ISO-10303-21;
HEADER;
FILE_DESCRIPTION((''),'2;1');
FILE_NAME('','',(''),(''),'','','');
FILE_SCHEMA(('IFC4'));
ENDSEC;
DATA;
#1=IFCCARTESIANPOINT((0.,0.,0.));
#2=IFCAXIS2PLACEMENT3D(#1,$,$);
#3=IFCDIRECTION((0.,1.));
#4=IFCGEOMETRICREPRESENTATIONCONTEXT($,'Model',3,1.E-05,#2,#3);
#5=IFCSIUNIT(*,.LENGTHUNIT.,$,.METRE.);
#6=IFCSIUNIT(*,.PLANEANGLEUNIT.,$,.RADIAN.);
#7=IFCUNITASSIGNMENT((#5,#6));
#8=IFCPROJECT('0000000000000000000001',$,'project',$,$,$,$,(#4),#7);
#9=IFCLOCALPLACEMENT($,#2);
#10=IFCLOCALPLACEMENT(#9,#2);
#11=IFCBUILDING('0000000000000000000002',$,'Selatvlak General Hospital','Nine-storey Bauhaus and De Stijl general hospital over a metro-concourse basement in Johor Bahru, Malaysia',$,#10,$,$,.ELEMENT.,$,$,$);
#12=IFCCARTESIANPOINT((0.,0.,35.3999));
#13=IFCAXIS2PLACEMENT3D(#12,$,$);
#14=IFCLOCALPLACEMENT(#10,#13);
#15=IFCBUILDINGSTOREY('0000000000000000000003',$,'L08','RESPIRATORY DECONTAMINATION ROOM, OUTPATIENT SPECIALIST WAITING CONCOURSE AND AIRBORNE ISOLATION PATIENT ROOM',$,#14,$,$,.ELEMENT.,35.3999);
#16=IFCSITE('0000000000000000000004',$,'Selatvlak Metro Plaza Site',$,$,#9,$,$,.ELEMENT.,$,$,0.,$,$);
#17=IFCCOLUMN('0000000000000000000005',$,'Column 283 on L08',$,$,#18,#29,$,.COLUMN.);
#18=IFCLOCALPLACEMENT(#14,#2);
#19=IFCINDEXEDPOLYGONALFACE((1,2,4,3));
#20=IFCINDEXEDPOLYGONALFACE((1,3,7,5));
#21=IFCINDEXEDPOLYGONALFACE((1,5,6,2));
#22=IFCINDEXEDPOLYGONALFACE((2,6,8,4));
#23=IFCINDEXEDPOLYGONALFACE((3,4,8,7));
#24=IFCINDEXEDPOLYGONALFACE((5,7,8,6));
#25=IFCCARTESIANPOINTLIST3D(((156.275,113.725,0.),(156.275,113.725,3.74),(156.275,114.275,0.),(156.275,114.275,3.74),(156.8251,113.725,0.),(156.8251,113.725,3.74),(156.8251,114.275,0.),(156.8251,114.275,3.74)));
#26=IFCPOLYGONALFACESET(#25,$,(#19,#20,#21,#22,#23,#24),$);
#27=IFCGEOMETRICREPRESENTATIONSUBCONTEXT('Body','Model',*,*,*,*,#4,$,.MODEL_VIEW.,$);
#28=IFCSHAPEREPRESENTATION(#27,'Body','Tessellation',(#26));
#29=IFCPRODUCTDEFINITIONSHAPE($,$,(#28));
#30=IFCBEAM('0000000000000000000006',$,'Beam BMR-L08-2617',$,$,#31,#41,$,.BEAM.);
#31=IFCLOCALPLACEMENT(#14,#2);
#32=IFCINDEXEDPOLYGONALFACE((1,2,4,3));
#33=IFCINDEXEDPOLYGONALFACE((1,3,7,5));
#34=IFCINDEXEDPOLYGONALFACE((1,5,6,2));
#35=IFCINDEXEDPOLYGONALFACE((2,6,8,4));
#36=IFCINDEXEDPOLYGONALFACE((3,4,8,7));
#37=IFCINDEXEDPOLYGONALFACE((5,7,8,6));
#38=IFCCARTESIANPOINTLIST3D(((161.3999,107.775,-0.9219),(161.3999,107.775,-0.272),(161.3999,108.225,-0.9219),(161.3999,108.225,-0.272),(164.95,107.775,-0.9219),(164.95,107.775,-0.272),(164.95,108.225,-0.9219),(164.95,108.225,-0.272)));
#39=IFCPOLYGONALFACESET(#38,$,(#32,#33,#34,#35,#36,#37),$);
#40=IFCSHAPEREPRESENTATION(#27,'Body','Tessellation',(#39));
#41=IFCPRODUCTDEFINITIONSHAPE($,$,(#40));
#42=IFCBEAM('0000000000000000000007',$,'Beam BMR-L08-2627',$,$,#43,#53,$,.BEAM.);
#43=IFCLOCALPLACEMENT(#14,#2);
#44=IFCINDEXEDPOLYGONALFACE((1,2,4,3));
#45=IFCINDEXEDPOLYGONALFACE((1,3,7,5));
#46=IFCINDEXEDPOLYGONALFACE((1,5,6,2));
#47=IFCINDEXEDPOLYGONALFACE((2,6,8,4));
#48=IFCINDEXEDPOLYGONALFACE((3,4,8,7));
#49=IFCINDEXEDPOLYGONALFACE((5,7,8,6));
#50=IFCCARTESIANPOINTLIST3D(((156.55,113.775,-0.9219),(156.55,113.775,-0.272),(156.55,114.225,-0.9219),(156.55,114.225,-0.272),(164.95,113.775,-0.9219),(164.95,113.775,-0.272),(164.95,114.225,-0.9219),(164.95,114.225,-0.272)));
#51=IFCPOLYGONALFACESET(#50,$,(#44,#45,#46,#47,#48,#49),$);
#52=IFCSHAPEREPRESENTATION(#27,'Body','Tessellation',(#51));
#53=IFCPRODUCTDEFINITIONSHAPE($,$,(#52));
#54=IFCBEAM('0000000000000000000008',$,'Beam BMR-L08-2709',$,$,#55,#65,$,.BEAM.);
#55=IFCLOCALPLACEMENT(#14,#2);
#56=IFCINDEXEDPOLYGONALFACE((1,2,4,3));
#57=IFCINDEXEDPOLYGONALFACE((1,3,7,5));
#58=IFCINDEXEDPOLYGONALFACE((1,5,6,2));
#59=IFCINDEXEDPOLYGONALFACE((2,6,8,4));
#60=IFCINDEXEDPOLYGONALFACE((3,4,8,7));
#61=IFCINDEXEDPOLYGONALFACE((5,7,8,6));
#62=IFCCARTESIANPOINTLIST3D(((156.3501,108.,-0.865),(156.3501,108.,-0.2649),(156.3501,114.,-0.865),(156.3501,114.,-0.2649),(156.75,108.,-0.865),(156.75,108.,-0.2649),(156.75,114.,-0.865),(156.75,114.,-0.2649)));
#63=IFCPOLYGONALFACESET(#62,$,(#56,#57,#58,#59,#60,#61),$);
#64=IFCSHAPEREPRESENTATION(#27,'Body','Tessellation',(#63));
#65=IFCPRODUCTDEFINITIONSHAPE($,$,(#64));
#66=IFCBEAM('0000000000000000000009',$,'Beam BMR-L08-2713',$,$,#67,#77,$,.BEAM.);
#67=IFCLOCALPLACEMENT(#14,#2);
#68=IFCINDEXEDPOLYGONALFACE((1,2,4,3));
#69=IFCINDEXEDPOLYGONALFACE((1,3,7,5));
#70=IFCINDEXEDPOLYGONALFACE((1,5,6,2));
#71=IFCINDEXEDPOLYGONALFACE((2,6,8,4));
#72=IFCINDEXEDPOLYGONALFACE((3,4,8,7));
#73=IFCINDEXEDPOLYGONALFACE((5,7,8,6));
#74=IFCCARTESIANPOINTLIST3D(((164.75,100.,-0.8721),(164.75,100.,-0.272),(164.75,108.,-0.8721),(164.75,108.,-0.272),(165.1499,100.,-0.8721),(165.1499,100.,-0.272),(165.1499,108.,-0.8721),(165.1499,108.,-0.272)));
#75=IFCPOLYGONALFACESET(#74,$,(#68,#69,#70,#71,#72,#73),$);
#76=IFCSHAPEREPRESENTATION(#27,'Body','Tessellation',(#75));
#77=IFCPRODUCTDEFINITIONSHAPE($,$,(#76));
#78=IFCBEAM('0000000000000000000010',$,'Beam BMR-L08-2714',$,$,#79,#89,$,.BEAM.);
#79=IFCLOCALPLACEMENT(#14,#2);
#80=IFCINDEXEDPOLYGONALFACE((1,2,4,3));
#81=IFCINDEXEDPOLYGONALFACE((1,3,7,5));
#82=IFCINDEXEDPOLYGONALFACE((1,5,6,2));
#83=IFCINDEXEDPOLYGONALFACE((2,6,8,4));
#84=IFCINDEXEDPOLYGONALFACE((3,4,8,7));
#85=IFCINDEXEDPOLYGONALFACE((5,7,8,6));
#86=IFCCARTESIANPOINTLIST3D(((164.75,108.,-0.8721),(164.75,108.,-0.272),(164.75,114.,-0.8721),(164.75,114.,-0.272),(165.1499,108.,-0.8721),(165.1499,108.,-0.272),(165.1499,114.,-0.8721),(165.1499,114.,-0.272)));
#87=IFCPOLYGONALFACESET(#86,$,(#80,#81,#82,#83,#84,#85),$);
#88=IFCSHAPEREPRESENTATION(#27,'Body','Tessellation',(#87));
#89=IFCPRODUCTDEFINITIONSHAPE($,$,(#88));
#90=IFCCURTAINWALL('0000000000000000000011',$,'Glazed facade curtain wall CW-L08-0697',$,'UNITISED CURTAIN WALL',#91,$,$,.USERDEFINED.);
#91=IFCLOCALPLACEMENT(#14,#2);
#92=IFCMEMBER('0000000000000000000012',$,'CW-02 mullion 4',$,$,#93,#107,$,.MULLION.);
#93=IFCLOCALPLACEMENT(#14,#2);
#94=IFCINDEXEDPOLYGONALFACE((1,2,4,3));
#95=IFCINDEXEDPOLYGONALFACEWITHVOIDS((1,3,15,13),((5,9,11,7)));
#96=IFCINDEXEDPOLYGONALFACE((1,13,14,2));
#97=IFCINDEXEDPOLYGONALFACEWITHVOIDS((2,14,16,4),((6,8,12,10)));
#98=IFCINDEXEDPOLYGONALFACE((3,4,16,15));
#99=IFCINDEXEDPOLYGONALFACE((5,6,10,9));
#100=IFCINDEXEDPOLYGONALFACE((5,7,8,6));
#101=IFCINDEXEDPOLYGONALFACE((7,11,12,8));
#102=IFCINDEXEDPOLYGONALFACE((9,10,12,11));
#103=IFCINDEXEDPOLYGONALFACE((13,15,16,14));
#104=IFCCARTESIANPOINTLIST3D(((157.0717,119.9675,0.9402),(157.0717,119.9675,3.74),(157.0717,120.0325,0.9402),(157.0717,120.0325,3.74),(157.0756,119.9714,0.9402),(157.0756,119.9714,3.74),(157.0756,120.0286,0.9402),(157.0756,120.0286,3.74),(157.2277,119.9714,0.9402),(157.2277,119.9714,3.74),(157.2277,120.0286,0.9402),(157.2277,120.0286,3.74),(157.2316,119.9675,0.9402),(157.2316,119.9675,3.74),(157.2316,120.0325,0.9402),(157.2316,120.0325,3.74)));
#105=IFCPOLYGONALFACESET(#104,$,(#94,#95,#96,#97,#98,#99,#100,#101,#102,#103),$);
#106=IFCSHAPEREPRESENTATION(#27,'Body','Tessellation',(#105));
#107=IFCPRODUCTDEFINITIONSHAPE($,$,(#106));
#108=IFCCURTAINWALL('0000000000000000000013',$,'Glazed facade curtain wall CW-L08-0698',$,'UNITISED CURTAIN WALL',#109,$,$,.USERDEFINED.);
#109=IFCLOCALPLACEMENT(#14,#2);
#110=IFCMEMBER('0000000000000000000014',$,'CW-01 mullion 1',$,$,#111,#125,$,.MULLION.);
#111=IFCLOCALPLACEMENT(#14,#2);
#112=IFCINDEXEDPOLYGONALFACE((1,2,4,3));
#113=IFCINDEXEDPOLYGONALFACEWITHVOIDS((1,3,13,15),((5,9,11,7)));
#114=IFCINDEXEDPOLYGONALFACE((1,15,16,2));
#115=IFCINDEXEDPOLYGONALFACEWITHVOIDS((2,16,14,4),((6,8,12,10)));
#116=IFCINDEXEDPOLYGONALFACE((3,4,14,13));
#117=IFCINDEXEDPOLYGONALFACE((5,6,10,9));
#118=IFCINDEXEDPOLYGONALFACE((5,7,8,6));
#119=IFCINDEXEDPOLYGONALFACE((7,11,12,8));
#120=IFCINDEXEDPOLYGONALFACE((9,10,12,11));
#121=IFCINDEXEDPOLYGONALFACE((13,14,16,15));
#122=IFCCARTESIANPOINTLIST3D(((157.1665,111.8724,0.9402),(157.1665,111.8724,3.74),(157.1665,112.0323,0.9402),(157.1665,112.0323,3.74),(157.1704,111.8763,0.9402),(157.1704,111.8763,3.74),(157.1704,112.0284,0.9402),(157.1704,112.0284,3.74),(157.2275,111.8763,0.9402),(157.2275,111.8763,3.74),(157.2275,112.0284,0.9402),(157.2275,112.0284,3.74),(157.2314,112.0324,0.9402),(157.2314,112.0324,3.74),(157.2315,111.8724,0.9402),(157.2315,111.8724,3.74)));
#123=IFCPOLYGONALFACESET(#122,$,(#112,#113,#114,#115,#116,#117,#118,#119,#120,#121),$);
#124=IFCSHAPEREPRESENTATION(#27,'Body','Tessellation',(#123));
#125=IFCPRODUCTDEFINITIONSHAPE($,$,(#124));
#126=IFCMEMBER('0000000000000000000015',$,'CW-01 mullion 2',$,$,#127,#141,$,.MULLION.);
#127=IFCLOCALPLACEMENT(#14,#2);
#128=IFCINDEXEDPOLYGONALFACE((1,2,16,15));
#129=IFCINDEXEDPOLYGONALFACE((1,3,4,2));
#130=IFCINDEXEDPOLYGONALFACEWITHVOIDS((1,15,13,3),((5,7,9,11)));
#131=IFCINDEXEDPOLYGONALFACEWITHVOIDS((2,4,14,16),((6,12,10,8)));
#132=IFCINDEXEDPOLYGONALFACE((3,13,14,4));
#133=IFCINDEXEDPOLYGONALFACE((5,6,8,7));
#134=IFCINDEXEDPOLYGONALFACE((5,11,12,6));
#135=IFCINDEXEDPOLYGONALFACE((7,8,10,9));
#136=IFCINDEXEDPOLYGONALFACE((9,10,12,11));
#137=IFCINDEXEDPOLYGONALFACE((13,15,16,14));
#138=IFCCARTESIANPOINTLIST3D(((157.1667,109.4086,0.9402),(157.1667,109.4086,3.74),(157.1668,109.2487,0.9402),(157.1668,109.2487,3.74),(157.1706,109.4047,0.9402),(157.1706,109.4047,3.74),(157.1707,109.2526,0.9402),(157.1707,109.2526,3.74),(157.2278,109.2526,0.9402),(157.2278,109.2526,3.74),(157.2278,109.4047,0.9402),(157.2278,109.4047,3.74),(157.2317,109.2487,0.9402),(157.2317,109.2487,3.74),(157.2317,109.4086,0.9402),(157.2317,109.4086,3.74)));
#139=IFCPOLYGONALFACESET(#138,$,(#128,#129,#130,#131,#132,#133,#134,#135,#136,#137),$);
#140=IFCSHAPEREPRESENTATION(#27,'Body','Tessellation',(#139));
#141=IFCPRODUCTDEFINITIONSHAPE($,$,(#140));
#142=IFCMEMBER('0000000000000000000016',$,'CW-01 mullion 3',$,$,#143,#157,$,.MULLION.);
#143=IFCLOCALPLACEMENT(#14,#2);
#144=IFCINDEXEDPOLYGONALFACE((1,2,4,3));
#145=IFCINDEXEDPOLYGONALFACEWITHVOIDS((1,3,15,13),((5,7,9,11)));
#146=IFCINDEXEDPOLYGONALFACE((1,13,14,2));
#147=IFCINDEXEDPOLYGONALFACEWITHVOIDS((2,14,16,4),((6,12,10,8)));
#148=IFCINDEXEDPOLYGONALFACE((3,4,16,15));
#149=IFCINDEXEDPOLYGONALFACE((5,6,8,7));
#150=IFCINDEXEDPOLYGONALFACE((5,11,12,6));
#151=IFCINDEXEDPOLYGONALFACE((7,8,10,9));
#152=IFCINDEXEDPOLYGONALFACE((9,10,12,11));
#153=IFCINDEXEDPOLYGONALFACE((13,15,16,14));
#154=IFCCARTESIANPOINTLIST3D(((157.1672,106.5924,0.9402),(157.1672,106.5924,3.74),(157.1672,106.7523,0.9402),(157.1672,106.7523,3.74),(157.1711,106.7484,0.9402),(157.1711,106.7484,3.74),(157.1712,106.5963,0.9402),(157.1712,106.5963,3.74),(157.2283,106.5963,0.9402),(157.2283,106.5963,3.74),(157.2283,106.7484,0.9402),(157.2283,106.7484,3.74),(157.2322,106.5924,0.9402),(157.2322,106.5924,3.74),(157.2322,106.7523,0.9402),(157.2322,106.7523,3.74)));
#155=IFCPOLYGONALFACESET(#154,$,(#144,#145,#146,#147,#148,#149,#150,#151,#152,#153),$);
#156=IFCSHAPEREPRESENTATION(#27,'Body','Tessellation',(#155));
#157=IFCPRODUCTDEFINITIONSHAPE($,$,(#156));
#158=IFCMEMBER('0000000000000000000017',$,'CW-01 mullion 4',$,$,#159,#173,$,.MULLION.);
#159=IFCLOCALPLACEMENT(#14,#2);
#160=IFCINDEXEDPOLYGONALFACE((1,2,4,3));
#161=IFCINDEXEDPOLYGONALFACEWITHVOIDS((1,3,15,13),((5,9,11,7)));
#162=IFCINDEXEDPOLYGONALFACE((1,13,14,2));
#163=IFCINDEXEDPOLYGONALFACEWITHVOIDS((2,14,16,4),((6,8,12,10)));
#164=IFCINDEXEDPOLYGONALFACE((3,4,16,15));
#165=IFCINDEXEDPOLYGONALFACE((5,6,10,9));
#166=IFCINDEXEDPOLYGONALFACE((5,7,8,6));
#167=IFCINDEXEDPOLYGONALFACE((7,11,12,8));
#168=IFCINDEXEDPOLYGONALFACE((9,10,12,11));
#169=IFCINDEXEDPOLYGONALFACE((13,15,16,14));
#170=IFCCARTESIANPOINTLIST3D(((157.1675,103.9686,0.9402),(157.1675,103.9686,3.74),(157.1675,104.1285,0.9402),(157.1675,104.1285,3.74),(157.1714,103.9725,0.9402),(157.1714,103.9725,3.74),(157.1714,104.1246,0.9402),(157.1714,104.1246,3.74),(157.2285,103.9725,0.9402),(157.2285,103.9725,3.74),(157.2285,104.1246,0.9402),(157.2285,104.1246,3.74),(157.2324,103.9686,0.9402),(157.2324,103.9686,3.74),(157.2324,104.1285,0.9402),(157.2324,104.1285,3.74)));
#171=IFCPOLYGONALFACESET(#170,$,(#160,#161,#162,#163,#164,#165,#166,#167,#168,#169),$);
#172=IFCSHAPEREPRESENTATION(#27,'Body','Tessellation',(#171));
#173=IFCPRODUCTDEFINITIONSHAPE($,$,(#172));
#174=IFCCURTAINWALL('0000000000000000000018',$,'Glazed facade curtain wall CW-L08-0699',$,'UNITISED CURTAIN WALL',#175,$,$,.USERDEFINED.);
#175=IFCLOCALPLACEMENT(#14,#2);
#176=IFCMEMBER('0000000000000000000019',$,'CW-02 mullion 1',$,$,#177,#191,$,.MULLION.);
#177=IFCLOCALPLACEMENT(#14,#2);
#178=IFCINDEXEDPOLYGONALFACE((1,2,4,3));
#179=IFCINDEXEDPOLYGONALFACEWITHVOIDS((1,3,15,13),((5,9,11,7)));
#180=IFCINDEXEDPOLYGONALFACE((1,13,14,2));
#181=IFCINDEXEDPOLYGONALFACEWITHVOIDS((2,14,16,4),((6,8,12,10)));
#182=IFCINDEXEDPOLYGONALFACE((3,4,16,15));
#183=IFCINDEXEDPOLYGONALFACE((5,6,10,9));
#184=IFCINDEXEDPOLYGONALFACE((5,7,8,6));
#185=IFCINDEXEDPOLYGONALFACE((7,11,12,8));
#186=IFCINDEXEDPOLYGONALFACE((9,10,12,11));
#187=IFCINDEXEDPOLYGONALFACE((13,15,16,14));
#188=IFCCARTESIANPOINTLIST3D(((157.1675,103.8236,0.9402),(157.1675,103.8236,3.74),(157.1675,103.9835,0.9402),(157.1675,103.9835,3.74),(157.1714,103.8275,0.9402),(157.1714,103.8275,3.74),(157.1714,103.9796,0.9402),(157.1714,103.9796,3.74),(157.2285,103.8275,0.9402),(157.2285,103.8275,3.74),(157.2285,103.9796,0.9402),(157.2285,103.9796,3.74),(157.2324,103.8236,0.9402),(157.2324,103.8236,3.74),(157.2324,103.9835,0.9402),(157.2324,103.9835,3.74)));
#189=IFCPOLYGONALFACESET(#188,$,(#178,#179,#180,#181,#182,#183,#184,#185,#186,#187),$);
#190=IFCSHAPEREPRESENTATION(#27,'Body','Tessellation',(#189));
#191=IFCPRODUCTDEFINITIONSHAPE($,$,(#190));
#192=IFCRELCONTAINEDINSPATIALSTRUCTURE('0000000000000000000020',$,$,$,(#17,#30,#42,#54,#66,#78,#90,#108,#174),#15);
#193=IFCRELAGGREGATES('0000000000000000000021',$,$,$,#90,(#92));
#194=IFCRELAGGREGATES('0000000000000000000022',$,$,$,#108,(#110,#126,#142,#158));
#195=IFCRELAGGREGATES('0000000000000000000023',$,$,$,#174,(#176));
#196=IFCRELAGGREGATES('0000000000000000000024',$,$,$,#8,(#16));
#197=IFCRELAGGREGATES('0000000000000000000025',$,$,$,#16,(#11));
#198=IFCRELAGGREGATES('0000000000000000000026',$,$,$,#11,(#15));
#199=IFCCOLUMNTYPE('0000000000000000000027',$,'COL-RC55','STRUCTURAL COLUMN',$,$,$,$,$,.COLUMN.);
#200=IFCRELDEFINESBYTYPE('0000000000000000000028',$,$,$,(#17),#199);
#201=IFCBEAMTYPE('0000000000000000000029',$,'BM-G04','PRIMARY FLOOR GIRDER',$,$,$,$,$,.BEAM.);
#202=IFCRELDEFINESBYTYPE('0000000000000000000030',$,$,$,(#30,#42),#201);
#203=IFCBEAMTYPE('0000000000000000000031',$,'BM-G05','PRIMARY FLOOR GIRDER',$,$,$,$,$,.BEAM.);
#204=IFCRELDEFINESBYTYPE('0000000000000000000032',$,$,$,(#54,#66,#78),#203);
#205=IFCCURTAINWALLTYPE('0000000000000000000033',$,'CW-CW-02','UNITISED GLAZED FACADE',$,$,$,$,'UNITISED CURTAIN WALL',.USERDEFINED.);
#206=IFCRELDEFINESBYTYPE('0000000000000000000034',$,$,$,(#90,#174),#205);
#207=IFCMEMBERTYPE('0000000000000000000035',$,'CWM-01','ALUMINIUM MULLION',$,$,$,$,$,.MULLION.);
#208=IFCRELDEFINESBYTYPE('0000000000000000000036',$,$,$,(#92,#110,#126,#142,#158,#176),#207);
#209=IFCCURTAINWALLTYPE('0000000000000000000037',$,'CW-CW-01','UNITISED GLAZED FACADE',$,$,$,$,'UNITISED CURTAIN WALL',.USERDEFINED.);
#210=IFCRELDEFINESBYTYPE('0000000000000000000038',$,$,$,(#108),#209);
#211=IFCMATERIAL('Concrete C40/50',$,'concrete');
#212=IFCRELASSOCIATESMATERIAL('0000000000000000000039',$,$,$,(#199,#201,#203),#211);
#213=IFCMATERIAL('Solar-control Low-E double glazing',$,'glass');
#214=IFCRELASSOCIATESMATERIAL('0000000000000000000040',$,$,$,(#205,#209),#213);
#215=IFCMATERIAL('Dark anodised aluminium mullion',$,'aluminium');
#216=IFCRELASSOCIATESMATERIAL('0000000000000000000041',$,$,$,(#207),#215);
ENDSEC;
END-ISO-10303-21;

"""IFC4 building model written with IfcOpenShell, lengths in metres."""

from ifc_helpers import new_model, si_unit, direction, frame, origin, origin_2d, place, context, subcontext, project, spatial, rectangle, hollow_rectangle, extrude, material, material_profile, profile_set, type_object, element, aggregate, save


model = new_model("IFC4")

# Units and contexts
model_context = context("Model", 3, precision=1e-05, world=origin(), true_north=direction((0.0, 1.0)))
body_context = subcontext(model_context, "Body", "Model", "MODEL_VIEW")
ifc_project = project(units=[si_unit("LENGTHUNIT", "METRE"), si_unit("PLANEANGLEUNIT", "RADIAN")], contexts=[model_context])

# Site, building, storey
site_placement = place(None, origin())
site = spatial("IfcSite", under=ifc_project, at=site_placement, Name="Selatvlak Metro Plaza Site", CompositionType="ELEMENT", RefElevation=0.0)
building_placement = place(site_placement, origin())
building = spatial("IfcBuilding", under=site, at=building_placement, Name="Selatvlak General Hospital", Description="Nine-storey Bauhaus and De Stijl general hospital over a metro-concourse basement in Johor Bahru, Malaysia", CompositionType="ELEMENT")
storey_placement = place(building_placement, frame((0.0, 0.0, 35.3999)))
storey = spatial("IfcBuildingStorey", under=building, at=storey_placement, Name="L08", Description="RESPIRATORY DECONTAMINATION ROOM, OUTPATIENT SPECIALIST WAITING CONCOURSE AND AIRBORNE ISOLATION PATIENT ROOM", CompositionType="ELEMENT", Elevation=35.3999)

# Column
ifc_material_1 = material(Name="Concrete C40/50", Category="concrete")
ifc_material_profile_1 = material_profile(ifc_material_1, rectangle(XDim=0.55, YDim=0.55, at=origin_2d()), Name="RC-COL 550x550")
ifc_profile_set_1 = profile_set([ifc_material_profile_1], Name="Concrete C40/50")
column_type = type_object("IfcColumnType", Name="COL-RC55", Description="STRUCTURAL COLUMN", PredefinedType="COLUMN", material=ifc_profile_set_1)
column_placement = place(storey_placement, frame((156.55, 114.0, 0.0), z_axis=(0.0, 0.0, 1.0), x_axis=(1.0, 0.0, 0.0)))
element("IfcColumn", 1, at=column_placement, inside=storey, type_object=column_type, Name="Column 283 on L08", PredefinedType="COLUMN", context=body_context, shape_type="SweptSolid", body=[
    extrude(rectangle(XDim=0.55, YDim=0.55, at=origin_2d()), origin(), (0.0, 0.0, 1.0), 3.74),
])

# Beams
ifc_material_profile_2 = material_profile(ifc_material_1, rectangle(XDim=0.45, YDim=0.6499, at=origin_2d()), Name="RC-BM 450x650")
ifc_profile_set_2 = profile_set([ifc_material_profile_2], Name="Concrete C40/50")
beam_type_1 = type_object("IfcBeamType", Name="BM-G04", Description="PRIMARY FLOOR GIRDER", PredefinedType="BEAM", material=ifc_profile_set_2)
beam_1_placement = place(storey_placement, frame((161.3999, 108.0, -0.5969), z_axis=(1.0, 0.0, 0.0), x_axis=(0.0, 1.0, 0.0)))
element("IfcBeam", 2, at=beam_1_placement, inside=storey, type_object=beam_type_1, Name="Beam BMR-L08-2617", PredefinedType="BEAM", context=body_context, shape_type="SweptSolid", body=[
    extrude(rectangle(XDim=0.45, YDim=0.6499, at=origin_2d()), origin(), (0.0, 0.0, 1.0), 3.55),
])
beam_2_placement = place(storey_placement, frame((156.55, 114.0, -0.5969), z_axis=(1.0, 0.0, 0.0), x_axis=(0.0, 1.0, 0.0)))
element("IfcBeam", 3, at=beam_2_placement, inside=storey, type_object=beam_type_1, Name="Beam BMR-L08-2627", PredefinedType="BEAM", context=body_context, shape_type="SweptSolid", body=[
    extrude(rectangle(XDim=0.45, YDim=0.6499, at=origin_2d()), origin(), (0.0, 0.0, 1.0), 8.3999),
])
ifc_material_profile_3 = material_profile(ifc_material_1, rectangle(XDim=0.3999, YDim=0.6001, at=origin_2d()), Name="RC-BM 400x600")
ifc_profile_set_3 = profile_set([ifc_material_profile_3], Name="Concrete C40/50")
beam_type_2 = type_object("IfcBeamType", Name="BM-G05", Description="PRIMARY FLOOR GIRDER", PredefinedType="BEAM", material=ifc_profile_set_3)
beam_3_placement = place(storey_placement, frame((156.55, 108.0, -0.5649), z_axis=(0.0, 1.0, 0.0), x_axis=(-1.0, 0.0, 0.0)))
element("IfcBeam", 4, at=beam_3_placement, inside=storey, type_object=beam_type_2, Name="Beam BMR-L08-2709", PredefinedType="BEAM", context=body_context, shape_type="SweptSolid", body=[
    extrude(rectangle(XDim=0.3999, YDim=0.6001, at=origin_2d()), origin(), (0.0, 0.0, 1.0), 6.0),
])
beam_4_placement = place(storey_placement, frame((164.95, 100.0, -0.572), z_axis=(0.0, 1.0, 0.0), x_axis=(-1.0, 0.0, 0.0)))
element("IfcBeam", 5, at=beam_4_placement, inside=storey, type_object=beam_type_2, Name="Beam BMR-L08-2713", PredefinedType="BEAM", context=body_context, shape_type="SweptSolid", body=[
    extrude(rectangle(XDim=0.3999, YDim=0.6001, at=origin_2d()), origin(), (0.0, 0.0, 1.0), 8.0),
])
beam_5_placement = place(storey_placement, frame((164.95, 108.0, -0.572), z_axis=(0.0, 1.0, 0.0), x_axis=(-1.0, 0.0, 0.0)))
element("IfcBeam", 6, at=beam_5_placement, inside=storey, type_object=beam_type_2, Name="Beam BMR-L08-2714", PredefinedType="BEAM", context=body_context, shape_type="SweptSolid", body=[
    extrude(rectangle(XDim=0.3999, YDim=0.6001, at=origin_2d()), origin(), (0.0, 0.0, 1.0), 6.0),
])

# Curtain wall, member
ifc_material_2 = material(Name="Solar-control Low-E double glazing", Category="glass")
curtain_wall_type_1 = type_object("IfcCurtainWallType", Name="CW-CW-02", Description="UNITISED GLAZED FACADE", ElementType="UNITISED CURTAIN WALL", PredefinedType="USERDEFINED", material=ifc_material_2)
curtain_wall_1_placement = place(storey_placement, origin())
curtain_wall_1 = element("IfcCurtainWall", 7, at=curtain_wall_1_placement, inside=storey, type_object=curtain_wall_type_1, Name="Glazed facade curtain wall CW-L08-0697", ObjectType="UNITISED CURTAIN WALL", PredefinedType="USERDEFINED")
ifc_material_3 = material(Name="Dark anodised aluminium mullion", Category="aluminium")
ifc_material_profile_4 = material_profile(ifc_material_3, hollow_rectangle(XDim=0.0649, YDim=0.1599, WallThickness=0.0039, at=origin_2d()), Name="AL-MUL 65x160x4")
ifc_profile_set_4 = profile_set([ifc_material_profile_4], Name="Dark anodised aluminium mullion")
member_type_1 = type_object("IfcMemberType", Name="CWM-01", Description="ALUMINIUM MULLION", PredefinedType="MULLION", material=ifc_profile_set_4)
member_1_placement = place(storey_placement, frame((157.1516, 120.0, 0.9402), z_axis=(0.0, 0.0, 1.0), x_axis=(0.0, 1.0, 0.0)))
member_1 = element("IfcMember", 8, at=member_1_placement, type_object=member_type_1, Name="CW-02 mullion 4", PredefinedType="MULLION", context=body_context, shape_type="SweptSolid", body=[
    extrude(hollow_rectangle(XDim=0.0649, YDim=0.1599, WallThickness=0.0039, at=origin_2d()), origin(), (0.0, 0.0, 1.0), 2.7998),
])
aggregate(curtain_wall_1, [member_1])

# Curtain walls, members
curtain_wall_type_2 = type_object("IfcCurtainWallType", Name="CW-CW-01", Description="UNITISED GLAZED FACADE", ElementType="UNITISED CURTAIN WALL", PredefinedType="USERDEFINED", material=ifc_material_2)
curtain_wall_2_placement = place(storey_placement, origin())
curtain_wall_2 = element("IfcCurtainWall", 9, at=curtain_wall_2_placement, inside=storey, type_object=curtain_wall_type_2, Name="Glazed facade curtain wall CW-L08-0698", ObjectType="UNITISED CURTAIN WALL", PredefinedType="USERDEFINED")
member_2_placement = place(storey_placement, frame((157.199, 111.9524, 0.9402), z_axis=(0.0, 0.0, 1.0), x_axis=(1.0, 0.000125, 0.0)))
member_2 = element("IfcMember", 10, at=member_2_placement, type_object=member_type_1, Name="CW-01 mullion 1", PredefinedType="MULLION", context=body_context, shape_type="SweptSolid", body=[
    extrude(hollow_rectangle(XDim=0.0649, YDim=0.1599, WallThickness=0.0039, at=origin_2d()), origin(), (0.0, 0.0, 1.0), 2.7998),
])
member_3_placement = place(storey_placement, frame((157.1992, 109.3286, 0.9402), z_axis=(0.0, 0.0, 1.0), x_axis=(1.0, 0.000125, 0.0)))
member_3 = element("IfcMember", 11, at=member_3_placement, type_object=member_type_1, Name="CW-01 mullion 2", PredefinedType="MULLION", context=body_context, shape_type="SweptSolid", body=[
    extrude(hollow_rectangle(XDim=0.0649, YDim=0.1599, WallThickness=0.0039, at=origin_2d()), origin(), (0.0, 0.0, 1.0), 2.7998),
])
member_4_placement = place(storey_placement, frame((157.1997, 106.6724, 0.9402), z_axis=(0.0, 0.0, 1.0), x_axis=(1.0, 0.000125, 0.0)))
member_4 = element("IfcMember", 12, at=member_4_placement, type_object=member_type_1, Name="CW-01 mullion 3", PredefinedType="MULLION", context=body_context, shape_type="SweptSolid", body=[
    extrude(hollow_rectangle(XDim=0.0649, YDim=0.1599, WallThickness=0.0039, at=origin_2d()), origin(), (0.0, 0.0, 1.0), 2.7998),
])
member_5_placement = place(storey_placement, frame((157.2, 104.0486, 0.9402), z_axis=(0.0, 0.0, 1.0), x_axis=(1.0, 0.000125, 0.0)))
member_5 = element("IfcMember", 13, at=member_5_placement, type_object=member_type_1, Name="CW-01 mullion 4", PredefinedType="MULLION", context=body_context, shape_type="SweptSolid", body=[
    extrude(hollow_rectangle(XDim=0.0649, YDim=0.1599, WallThickness=0.0039, at=origin_2d()), origin(), (0.0, 0.0, 1.0), 2.7998),
])
curtain_wall_3_placement = place(storey_placement, origin())
curtain_wall_3 = element("IfcCurtainWall", 14, at=curtain_wall_3_placement, inside=storey, type_object=curtain_wall_type_1, Name="Glazed facade curtain wall CW-L08-0699", ObjectType="UNITISED CURTAIN WALL", PredefinedType="USERDEFINED")
member_6_placement = place(storey_placement, frame((157.2, 103.9036, 0.9402), z_axis=(0.0, 0.0, 1.0), x_axis=(1.0, 0.0, 0.0)))
member_6 = element("IfcMember", 15, at=member_6_placement, type_object=member_type_1, Name="CW-02 mullion 1", PredefinedType="MULLION", context=body_context, shape_type="SweptSolid", body=[
    extrude(hollow_rectangle(XDim=0.0649, YDim=0.1599, WallThickness=0.0039, at=origin_2d()), origin(), (0.0, 0.0, 1.0), 2.7998),
])

aggregate(curtain_wall_2, [member_2, member_3, member_4, member_5])
aggregate(curtain_wall_3, [member_6])

save(model, "model.ifc")
